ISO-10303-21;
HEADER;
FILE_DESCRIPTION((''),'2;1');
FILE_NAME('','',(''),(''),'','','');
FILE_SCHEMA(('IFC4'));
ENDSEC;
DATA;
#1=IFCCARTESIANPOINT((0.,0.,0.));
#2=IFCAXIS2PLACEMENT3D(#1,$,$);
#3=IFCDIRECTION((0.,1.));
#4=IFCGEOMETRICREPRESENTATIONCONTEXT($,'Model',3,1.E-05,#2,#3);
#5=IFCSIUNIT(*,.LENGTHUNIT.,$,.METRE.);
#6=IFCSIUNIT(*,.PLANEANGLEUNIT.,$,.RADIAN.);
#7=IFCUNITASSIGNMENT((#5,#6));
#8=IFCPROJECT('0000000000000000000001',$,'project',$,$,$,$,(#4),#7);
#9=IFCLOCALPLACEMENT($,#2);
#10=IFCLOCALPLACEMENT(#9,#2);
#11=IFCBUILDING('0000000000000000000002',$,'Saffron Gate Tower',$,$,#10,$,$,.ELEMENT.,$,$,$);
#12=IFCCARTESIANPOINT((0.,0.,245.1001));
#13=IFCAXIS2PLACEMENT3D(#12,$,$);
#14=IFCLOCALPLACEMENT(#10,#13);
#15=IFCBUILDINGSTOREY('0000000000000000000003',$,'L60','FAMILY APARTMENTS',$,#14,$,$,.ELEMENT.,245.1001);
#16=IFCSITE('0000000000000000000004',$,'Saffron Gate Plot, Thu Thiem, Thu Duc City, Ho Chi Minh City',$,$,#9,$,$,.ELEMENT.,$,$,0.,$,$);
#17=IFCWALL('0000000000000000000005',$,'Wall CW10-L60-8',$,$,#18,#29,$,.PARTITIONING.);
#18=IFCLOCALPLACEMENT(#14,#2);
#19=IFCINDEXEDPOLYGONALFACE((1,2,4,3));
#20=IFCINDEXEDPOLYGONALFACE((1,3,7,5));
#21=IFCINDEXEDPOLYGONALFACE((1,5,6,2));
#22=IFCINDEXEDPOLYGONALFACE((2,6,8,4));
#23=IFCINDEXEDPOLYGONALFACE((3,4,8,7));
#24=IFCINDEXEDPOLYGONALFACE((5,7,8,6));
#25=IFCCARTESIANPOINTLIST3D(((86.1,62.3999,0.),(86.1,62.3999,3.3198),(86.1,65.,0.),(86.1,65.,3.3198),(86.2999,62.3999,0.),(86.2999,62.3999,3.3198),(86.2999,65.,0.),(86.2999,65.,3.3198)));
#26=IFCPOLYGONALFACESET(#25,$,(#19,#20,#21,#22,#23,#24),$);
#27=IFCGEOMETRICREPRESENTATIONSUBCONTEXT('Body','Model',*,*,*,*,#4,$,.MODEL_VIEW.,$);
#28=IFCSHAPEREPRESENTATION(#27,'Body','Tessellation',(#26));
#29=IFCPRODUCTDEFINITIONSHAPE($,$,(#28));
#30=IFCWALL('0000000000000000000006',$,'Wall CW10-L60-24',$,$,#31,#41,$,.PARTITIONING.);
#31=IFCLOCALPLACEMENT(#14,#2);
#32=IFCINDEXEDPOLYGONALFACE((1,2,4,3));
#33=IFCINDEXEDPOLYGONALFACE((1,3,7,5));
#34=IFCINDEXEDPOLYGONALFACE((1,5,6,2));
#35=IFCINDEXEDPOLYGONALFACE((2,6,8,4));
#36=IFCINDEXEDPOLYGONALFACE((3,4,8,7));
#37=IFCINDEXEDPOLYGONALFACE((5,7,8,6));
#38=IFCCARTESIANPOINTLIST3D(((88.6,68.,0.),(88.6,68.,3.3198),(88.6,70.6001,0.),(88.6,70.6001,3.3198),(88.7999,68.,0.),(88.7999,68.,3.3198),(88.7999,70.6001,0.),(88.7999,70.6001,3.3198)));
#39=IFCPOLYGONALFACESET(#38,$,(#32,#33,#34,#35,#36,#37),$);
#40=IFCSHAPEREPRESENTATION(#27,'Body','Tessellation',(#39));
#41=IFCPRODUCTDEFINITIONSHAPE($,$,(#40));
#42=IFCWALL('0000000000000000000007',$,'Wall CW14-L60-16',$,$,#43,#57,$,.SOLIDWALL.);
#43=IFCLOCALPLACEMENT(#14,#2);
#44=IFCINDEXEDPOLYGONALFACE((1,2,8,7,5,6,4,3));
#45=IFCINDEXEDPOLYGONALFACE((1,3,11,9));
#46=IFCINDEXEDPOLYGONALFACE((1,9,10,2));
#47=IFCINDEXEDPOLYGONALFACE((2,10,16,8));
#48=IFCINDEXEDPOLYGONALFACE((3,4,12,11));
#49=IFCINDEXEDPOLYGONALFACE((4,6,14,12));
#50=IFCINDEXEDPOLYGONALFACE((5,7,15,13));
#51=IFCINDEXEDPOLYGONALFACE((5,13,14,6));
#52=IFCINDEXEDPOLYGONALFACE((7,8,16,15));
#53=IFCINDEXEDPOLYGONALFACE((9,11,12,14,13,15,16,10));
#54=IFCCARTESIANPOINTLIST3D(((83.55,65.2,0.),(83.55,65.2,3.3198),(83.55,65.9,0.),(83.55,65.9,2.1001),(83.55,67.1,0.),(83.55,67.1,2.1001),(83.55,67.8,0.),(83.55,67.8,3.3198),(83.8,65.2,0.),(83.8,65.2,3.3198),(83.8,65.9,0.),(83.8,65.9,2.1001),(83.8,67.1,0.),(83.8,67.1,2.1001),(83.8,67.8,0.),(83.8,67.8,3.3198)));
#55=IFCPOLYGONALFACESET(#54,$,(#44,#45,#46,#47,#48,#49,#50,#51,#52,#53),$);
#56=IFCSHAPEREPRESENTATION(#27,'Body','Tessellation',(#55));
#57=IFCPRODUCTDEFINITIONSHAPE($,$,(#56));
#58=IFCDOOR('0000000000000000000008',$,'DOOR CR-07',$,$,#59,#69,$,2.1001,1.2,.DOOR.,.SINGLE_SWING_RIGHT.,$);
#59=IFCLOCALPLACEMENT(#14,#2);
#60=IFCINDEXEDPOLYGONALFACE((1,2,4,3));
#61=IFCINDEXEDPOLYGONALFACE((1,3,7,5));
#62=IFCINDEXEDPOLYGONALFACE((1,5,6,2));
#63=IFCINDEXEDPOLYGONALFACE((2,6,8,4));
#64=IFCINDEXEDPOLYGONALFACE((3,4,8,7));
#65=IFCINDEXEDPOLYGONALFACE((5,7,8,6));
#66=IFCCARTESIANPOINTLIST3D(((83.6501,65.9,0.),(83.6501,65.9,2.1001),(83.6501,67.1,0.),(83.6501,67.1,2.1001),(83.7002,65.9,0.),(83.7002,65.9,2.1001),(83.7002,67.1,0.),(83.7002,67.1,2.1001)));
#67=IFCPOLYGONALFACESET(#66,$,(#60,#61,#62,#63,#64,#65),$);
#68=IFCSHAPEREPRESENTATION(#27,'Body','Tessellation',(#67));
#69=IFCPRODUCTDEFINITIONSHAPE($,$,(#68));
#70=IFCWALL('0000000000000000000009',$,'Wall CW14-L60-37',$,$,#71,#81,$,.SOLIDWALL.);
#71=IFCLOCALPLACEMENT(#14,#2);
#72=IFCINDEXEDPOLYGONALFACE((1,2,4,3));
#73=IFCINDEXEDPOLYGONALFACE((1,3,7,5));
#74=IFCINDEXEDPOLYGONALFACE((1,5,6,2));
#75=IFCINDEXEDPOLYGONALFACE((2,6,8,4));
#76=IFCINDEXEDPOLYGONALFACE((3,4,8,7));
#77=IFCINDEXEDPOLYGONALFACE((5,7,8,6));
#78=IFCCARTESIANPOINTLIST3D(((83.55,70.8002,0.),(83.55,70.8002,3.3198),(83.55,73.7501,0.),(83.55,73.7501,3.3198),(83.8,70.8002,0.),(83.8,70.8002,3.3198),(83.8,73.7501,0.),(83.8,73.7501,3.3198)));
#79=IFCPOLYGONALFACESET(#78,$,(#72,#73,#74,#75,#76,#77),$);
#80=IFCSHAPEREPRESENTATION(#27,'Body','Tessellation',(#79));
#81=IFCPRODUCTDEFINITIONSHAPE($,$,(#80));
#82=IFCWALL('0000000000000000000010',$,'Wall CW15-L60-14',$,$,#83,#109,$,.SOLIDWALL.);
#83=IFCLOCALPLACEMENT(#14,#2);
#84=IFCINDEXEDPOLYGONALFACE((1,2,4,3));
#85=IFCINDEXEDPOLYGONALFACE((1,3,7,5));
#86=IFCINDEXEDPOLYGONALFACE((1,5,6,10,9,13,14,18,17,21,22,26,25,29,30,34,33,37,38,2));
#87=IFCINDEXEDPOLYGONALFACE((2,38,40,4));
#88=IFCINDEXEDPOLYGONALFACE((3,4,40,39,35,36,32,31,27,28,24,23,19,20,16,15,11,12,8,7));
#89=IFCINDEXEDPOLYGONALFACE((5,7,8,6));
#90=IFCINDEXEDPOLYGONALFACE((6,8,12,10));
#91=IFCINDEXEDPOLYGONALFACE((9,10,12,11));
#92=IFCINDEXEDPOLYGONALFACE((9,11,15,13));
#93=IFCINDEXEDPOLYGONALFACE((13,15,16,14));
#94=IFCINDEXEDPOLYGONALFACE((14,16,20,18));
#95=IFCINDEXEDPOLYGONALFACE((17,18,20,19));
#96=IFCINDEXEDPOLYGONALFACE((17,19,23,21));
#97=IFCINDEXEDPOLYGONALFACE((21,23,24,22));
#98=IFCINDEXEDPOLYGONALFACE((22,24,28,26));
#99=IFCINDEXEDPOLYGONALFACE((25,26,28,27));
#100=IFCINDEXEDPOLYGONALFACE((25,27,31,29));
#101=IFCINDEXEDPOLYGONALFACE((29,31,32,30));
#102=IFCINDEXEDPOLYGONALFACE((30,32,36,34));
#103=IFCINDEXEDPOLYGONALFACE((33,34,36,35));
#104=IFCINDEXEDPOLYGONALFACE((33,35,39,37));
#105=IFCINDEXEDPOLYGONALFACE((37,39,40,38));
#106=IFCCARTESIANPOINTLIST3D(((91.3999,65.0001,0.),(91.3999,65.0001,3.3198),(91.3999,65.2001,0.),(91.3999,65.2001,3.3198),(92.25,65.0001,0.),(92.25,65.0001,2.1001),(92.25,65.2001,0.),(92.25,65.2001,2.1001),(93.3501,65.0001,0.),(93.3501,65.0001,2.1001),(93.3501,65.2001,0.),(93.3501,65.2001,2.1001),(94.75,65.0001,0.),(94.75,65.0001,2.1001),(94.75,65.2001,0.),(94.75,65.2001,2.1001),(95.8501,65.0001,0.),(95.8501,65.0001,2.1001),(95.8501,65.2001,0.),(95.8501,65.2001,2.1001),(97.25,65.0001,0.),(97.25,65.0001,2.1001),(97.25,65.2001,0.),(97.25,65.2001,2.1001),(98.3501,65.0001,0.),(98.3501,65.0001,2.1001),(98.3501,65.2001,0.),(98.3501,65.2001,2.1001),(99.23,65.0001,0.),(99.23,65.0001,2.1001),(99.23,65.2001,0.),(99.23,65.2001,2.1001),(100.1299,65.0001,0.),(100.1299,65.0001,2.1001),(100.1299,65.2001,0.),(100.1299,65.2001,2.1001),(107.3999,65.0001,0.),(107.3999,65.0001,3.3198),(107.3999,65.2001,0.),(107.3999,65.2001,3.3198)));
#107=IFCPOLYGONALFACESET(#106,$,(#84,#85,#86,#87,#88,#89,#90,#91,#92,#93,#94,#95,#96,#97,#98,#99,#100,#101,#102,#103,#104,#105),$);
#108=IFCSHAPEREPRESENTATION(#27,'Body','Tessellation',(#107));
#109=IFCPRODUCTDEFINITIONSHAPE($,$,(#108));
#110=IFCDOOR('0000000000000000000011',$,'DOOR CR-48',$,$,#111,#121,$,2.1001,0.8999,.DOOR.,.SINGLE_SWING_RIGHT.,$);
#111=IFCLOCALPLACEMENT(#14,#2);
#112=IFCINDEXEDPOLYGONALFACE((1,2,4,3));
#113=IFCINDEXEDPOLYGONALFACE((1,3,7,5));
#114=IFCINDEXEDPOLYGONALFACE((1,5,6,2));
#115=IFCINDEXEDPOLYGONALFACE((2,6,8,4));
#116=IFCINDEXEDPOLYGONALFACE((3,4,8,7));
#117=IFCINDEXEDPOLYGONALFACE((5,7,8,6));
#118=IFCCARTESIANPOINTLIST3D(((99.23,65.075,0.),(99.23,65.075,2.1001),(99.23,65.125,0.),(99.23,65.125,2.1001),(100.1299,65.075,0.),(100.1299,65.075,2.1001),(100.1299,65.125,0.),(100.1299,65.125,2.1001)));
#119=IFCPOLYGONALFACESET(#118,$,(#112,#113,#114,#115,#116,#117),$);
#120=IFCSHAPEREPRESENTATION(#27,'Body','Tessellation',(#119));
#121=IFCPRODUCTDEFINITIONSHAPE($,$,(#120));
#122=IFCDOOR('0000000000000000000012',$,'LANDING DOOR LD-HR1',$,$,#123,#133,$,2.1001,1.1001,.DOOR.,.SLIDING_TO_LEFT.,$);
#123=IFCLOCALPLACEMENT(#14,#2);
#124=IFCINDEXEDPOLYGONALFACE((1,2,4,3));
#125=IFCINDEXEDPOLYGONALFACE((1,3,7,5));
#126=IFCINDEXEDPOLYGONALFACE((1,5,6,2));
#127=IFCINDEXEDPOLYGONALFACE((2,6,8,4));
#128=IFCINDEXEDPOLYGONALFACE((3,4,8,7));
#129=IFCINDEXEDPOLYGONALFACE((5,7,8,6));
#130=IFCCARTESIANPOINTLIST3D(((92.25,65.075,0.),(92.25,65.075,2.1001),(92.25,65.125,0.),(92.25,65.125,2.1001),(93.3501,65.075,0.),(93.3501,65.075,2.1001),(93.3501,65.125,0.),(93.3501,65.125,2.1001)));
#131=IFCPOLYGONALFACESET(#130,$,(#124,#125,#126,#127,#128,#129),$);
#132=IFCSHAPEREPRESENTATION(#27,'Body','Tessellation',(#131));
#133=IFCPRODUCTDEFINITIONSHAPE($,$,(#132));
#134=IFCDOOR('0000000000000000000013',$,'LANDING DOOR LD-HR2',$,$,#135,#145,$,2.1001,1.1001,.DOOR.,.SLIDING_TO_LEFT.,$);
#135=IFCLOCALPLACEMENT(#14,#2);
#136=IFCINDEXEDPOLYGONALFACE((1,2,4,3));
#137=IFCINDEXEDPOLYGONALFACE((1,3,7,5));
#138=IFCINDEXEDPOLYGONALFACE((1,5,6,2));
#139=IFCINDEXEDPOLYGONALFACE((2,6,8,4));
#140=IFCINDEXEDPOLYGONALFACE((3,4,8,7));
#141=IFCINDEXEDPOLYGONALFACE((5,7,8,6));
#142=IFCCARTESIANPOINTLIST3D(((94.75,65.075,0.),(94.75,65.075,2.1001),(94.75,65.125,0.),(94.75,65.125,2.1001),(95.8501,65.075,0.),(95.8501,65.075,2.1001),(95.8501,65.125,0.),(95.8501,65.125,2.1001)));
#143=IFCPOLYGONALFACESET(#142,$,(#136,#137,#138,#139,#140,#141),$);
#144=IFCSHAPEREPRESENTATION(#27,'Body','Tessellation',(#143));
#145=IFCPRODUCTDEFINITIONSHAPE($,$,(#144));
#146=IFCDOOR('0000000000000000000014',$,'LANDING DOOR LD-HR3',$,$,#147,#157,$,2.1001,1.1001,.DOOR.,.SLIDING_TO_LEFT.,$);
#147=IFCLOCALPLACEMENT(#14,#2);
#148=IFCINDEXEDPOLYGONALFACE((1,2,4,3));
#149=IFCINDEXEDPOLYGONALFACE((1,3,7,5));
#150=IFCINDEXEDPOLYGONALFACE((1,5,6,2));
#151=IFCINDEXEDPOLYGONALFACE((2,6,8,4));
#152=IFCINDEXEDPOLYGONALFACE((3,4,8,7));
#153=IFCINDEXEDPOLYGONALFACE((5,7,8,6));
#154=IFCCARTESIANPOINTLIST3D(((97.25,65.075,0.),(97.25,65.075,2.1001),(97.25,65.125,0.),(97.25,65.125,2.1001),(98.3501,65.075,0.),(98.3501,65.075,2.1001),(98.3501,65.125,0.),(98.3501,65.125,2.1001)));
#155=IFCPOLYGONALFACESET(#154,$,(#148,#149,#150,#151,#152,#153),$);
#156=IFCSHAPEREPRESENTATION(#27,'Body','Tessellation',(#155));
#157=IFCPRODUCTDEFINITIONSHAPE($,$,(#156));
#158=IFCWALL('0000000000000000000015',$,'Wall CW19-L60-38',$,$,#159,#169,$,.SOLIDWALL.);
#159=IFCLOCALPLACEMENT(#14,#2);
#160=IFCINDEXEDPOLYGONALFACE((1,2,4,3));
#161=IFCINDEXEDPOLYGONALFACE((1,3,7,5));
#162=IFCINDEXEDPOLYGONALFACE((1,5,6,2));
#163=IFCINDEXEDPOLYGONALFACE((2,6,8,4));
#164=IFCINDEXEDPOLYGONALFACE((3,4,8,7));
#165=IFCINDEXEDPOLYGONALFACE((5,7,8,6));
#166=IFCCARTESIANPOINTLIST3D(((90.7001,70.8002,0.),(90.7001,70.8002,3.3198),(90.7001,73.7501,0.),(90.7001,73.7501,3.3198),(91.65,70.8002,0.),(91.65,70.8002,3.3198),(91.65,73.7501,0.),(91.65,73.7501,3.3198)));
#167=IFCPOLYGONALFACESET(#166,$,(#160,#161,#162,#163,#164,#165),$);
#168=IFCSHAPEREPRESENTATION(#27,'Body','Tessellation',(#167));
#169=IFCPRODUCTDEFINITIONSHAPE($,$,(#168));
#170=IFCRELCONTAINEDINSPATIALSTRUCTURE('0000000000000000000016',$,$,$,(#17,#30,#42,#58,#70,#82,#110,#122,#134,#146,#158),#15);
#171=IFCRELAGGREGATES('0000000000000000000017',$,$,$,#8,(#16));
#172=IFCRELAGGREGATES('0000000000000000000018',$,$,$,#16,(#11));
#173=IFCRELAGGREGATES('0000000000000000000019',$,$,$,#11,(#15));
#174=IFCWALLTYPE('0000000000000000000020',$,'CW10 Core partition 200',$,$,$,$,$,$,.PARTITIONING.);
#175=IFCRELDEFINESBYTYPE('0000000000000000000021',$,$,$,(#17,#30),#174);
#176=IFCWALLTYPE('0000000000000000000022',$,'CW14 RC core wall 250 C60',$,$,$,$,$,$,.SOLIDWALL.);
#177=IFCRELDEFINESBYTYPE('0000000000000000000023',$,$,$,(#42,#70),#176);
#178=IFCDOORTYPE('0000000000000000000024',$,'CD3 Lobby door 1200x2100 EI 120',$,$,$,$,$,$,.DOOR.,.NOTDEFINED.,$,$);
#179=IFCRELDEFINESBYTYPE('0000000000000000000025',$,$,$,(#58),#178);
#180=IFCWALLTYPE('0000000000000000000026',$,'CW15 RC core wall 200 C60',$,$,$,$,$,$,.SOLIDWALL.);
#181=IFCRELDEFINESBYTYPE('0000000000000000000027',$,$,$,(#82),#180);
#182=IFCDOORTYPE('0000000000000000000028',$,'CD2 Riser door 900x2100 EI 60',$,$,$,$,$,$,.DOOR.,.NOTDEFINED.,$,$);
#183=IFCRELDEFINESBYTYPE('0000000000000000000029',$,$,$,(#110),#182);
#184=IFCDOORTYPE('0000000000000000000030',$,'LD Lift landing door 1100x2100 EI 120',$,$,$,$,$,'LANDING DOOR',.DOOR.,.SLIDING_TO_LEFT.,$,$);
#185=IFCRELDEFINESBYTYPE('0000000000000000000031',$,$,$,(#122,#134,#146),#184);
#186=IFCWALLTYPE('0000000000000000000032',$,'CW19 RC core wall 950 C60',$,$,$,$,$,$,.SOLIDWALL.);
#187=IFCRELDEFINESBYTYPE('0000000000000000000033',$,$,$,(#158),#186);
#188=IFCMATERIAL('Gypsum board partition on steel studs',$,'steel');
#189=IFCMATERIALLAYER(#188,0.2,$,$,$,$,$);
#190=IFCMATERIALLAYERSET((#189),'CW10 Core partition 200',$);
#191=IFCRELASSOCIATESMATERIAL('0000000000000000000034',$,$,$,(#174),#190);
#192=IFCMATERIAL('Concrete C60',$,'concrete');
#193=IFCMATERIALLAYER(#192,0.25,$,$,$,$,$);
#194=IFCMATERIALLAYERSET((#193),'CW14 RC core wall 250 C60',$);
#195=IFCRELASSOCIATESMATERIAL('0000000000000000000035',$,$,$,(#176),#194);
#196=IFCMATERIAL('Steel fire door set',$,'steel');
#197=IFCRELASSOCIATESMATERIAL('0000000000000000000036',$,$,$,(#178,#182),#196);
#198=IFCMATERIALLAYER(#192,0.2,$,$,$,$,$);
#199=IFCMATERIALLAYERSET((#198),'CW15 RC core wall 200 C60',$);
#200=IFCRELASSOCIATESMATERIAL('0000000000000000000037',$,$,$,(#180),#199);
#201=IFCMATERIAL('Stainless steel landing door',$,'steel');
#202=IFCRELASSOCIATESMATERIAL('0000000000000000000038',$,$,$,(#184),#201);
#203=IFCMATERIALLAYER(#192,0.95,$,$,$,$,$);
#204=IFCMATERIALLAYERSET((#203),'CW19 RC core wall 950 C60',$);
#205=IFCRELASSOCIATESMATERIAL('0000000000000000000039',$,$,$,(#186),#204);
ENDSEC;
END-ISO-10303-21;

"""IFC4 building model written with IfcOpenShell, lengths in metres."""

from ifc_helpers import new_model, si_unit, direction, frame, frame_2d, origin, place, context, subcontext, project, spatial, rectangle, extrude, material, layer, layer_set, type_object, element, fill, save


model = new_model("IFC4")

# Units and contexts
model_context = context("Model", 3, precision=1e-05, world=origin(), true_north=direction((0.0, 1.0)))
body_context = subcontext(model_context, "Body", "Model", "MODEL_VIEW")
ifc_project = project(units=[si_unit("LENGTHUNIT", "METRE"), si_unit("PLANEANGLEUNIT", "RADIAN")], contexts=[model_context])

# Site, building, storey
site_placement = place(None, origin())
site = spatial("IfcSite", under=ifc_project, at=site_placement, Name="Saffron Gate Plot, Thu Thiem, Thu Duc City, Ho Chi Minh City", CompositionType="ELEMENT", RefElevation=0.0)
building_placement = place(site_placement, origin())
building = spatial("IfcBuilding", under=site, at=building_placement, Name="Saffron Gate Tower", CompositionType="ELEMENT")
storey_placement = place(building_placement, frame((0.0, 0.0, 245.1001)))
storey = spatial("IfcBuildingStorey", under=building, at=storey_placement, Name="L60", Description="FAMILY APARTMENTS", CompositionType="ELEMENT", Elevation=245.1001)

# Walls
ifc_material_1 = material(Name="Gypsum board partition on steel studs", Category="steel")
ifc_layer_1 = layer(ifc_material_1, 0.2)
ifc_layer_set_1 = layer_set([ifc_layer_1], Name="CW10 Core partition 200")
wall_type_1 = type_object("IfcWallType", Name="CW10 Core partition 200", PredefinedType="PARTITIONING", material=ifc_layer_set_1)
for number, where, z_axis, x_axis, name in (
    (1, (86.2, 62.3999, 0.0), (0.0, 0.0, 1.0), (0.0, 1.0, 0.0), "Wall CW10-L60-8"),
    (2, (88.7, 68.0, 0.0), (0.0, 0.0, 1.0), (0.0, 1.0, 0.0), "Wall CW10-L60-24"),
):
    element("IfcWall", number, at=place(storey_placement, frame(where, z_axis=z_axis, x_axis=x_axis)), inside=storey, type_object=wall_type_1, Name=name, PredefinedType="PARTITIONING", context=body_context, shape_type="SweptSolid", body=[
        extrude(rectangle(XDim=2.6001, YDim=0.2, at=frame_2d((1.3, 0.0))), origin(), (0.0, 0.0, 1.0), 3.3198),
    ])

# Wall, opening, door
ifc_material_2 = material(Name="Concrete C60", Category="concrete")
ifc_layer_2 = layer(ifc_material_2, 0.25)
ifc_layer_set_2 = layer_set([ifc_layer_2], Name="CW14 RC core wall 250 C60")
wall_type_2 = type_object("IfcWallType", Name="CW14 RC core wall 250 C60", PredefinedType="SOLIDWALL", material=ifc_layer_set_2)
wall_1_placement = place(storey_placement, frame((83.675, 65.2, 0.0), z_axis=(0.0, 0.0, 1.0), x_axis=(0.0, 1.0, 0.0)))
wall_1 = element("IfcWall", 3, at=wall_1_placement, inside=storey, type_object=wall_type_2, Name="Wall CW14-L60-16", PredefinedType="SOLIDWALL", context=body_context, shape_type="SweptSolid", body=[
    extrude(rectangle(XDim=2.6001, YDim=0.25, at=frame_2d((1.3, 0.0))), origin(), (0.0, 0.0, 1.0), 3.3198),
])
opening_1_placement = place(wall_1_placement, frame((0.7, 0.0, 0.0)))
opening_1 = element("IfcOpeningElement", 4, at=opening_1_placement, cuts=wall_1, PredefinedType="OPENING", context=body_context, shape_type="SweptSolid", body=[
    extrude(rectangle(XDim=1.2, YDim=2.1001, at=frame_2d((0.6001, 1.05))), frame((0.0, 0.135, 0.0), z_axis=(0.0, -1.0, 0.0), x_axis=(1.0, 0.0, 0.0)), (0.0, 0.0, 1.0), 0.27),
])
ifc_material_3 = material(Name="Steel fire door set", Category="steel")
door_type_1 = type_object("IfcDoorType", Name="CD3 Lobby door 1200x2100 EI 120", OperationType="NOTDEFINED", PredefinedType="DOOR", material=ifc_material_3)
door_1_placement = place(opening_1_placement, origin())
door_1 = element("IfcDoor", 5, at=door_1_placement, inside=storey, type_object=door_type_1, Name="DOOR CR-07", OperationType="SINGLE_SWING_RIGHT", OverallHeight=2.1001, OverallWidth=1.2, PredefinedType="DOOR", context=body_context, shape_type="SweptSolid", body=[
    extrude(rectangle(XDim=1.2, YDim=2.1001, at=frame_2d((0.6001, 1.05))), frame((0.0, 0.0249, 0.0), z_axis=(0.0, -1.0, 0.0), x_axis=(1.0, 0.0, 0.0)), (0.0, 0.0, 1.0), 0.05),
])
fill(opening_1, door_1)

# Wall
wall_2_placement = place(storey_placement, frame((83.675, 70.8, 0.0), z_axis=(0.0, 0.0, 1.0), x_axis=(0.0, 1.0, 0.0)))
element("IfcWall", 6, at=wall_2_placement, inside=storey, type_object=wall_type_2, Name="Wall CW14-L60-37", PredefinedType="SOLIDWALL", context=body_context, shape_type="SweptSolid", body=[
    extrude(rectangle(XDim=2.95, YDim=0.25, at=frame_2d((1.4751, 0.0))), origin(), (0.0, 0.0, 1.0), 3.3198),
])

# Wall, openings, doors
ifc_layer_3 = layer(ifc_material_2, 0.2)
ifc_layer_set_3 = layer_set([ifc_layer_3], Name="CW15 RC core wall 200 C60")
wall_type_3 = type_object("IfcWallType", Name="CW15 RC core wall 200 C60", PredefinedType="SOLIDWALL", material=ifc_layer_set_3)
wall_3_placement = place(storey_placement, frame((91.3999, 65.1001, 0.0), z_axis=(0.0, 0.0, 1.0), x_axis=(1.0, 0.0, 0.0)))
wall_3 = element("IfcWall", 7, at=wall_3_placement, inside=storey, type_object=wall_type_3, Name="Wall CW15-L60-14", PredefinedType="SOLIDWALL", context=body_context, shape_type="SweptSolid", body=[
    extrude(rectangle(XDim=16.0, YDim=0.2, at=frame_2d((8.0, 0.0))), origin(), (0.0, 0.0, 1.0), 3.3198),
])
opening_2_placement = place(wall_3_placement, frame((0.8501, 0.0, 0.0)))
opening_2 = element("IfcOpeningElement", 8, at=opening_2_placement, cuts=wall_3, PredefinedType="OPENING", context=body_context, shape_type="SweptSolid", body=[
    extrude(rectangle(XDim=1.1001, YDim=2.1001, at=frame_2d((0.55, 1.05))), frame((0.0, 0.1099, 0.0), z_axis=(0.0, -1.0, 0.0), x_axis=(1.0, 0.0, 0.0)), (0.0, 0.0, 1.0), 0.22),
])
opening_3_placement = place(wall_3_placement, frame((3.3501, 0.0, 0.0)))
opening_3 = element("IfcOpeningElement", 9, at=opening_3_placement, cuts=wall_3, PredefinedType="OPENING", context=body_context, shape_type="SweptSolid", body=[
    extrude(rectangle(XDim=1.1001, YDim=2.1001, at=frame_2d((0.55, 1.05))), frame((0.0, 0.1099, 0.0), z_axis=(0.0, -1.0, 0.0), x_axis=(1.0, 0.0, 0.0)), (0.0, 0.0, 1.0), 0.22),
])
opening_4_placement = place(wall_3_placement, frame((5.8501, 0.0, 0.0)))
opening_4 = element("IfcOpeningElement", 10, at=opening_4_placement, cuts=wall_3, PredefinedType="OPENING", context=body_context, shape_type="SweptSolid", body=[
    extrude(rectangle(XDim=1.1001, YDim=2.1001, at=frame_2d((0.55, 1.05))), frame((0.0, 0.1099, 0.0), z_axis=(0.0, -1.0, 0.0), x_axis=(1.0, 0.0, 0.0)), (0.0, 0.0, 1.0), 0.22),
])
opening_5_placement = place(wall_3_placement, frame((7.8301, 0.0, 0.0)))
opening_5 = element("IfcOpeningElement", 11, at=opening_5_placement, cuts=wall_3, PredefinedType="OPENING", context=body_context, shape_type="SweptSolid", body=[
    extrude(rectangle(XDim=0.8999, YDim=2.1001, at=frame_2d((0.45, 1.05))), frame((0.0, 0.1099, 0.0), z_axis=(0.0, -1.0, 0.0), x_axis=(1.0, 0.0, 0.0)), (0.0, 0.0, 1.0), 0.22),
])
door_type_2 = type_object("IfcDoorType", Name="CD2 Riser door 900x2100 EI 60", OperationType="NOTDEFINED", PredefinedType="DOOR", material=ifc_material_3)
door_2_placement = place(opening_5_placement, origin())
door_2 = element("IfcDoor", 12, at=door_2_placement, inside=storey, type_object=door_type_2, Name="DOOR CR-48", OperationType="SINGLE_SWING_RIGHT", OverallHeight=2.1001, OverallWidth=0.8999, PredefinedType="DOOR", context=body_context, shape_type="SweptSolid", body=[
    extrude(rectangle(XDim=0.8999, YDim=2.1001, at=frame_2d((0.45, 1.05))), frame((0.0, 0.0249, 0.0), z_axis=(0.0, -1.0, 0.0), x_axis=(1.0, 0.0, 0.0)), (0.0, 0.0, 1.0), 0.05),
])
fill(opening_5, door_2)
ifc_material_4 = material(Name="Stainless steel landing door", Category="steel")
door_type_3 = type_object("IfcDoorType", Name="LD Lift landing door 1100x2100 EI 120", ElementType="LANDING DOOR", OperationType="SLIDING_TO_LEFT", PredefinedType="DOOR", material=ifc_material_4)
door_3_placement = place(opening_2_placement, origin())
door_3 = element("IfcDoor", 13, at=door_3_placement, inside=storey, type_object=door_type_3, Name="LANDING DOOR LD-HR1", OperationType="SLIDING_TO_LEFT", OverallHeight=2.1001, OverallWidth=1.1001, PredefinedType="DOOR", context=body_context, shape_type="SweptSolid", body=[
    extrude(rectangle(XDim=1.1001, YDim=2.1001, at=frame_2d((0.55, 1.05))), frame((0.0, 0.0249, 0.0), z_axis=(0.0, -1.0, 0.0), x_axis=(1.0, 0.0, 0.0)), (0.0, 0.0, 1.0), 0.05),
])
fill(opening_2, door_3)
door_4_placement = place(opening_3_placement, origin())
door_4 = element("IfcDoor", 14, at=door_4_placement, inside=storey, type_object=door_type_3, Name="LANDING DOOR LD-HR2", OperationType="SLIDING_TO_LEFT", OverallHeight=2.1001, OverallWidth=1.1001, PredefinedType="DOOR", context=body_context, shape_type="SweptSolid", body=[
    extrude(rectangle(XDim=1.1001, YDim=2.1001, at=frame_2d((0.55, 1.05))), frame((0.0, 0.0249, 0.0), z_axis=(0.0, -1.0, 0.0), x_axis=(1.0, 0.0, 0.0)), (0.0, 0.0, 1.0), 0.05),
])
fill(opening_3, door_4)
door_5_placement = place(opening_4_placement, origin())
door_5 = element("IfcDoor", 15, at=door_5_placement, inside=storey, type_object=door_type_3, Name="LANDING DOOR LD-HR3", OperationType="SLIDING_TO_LEFT", OverallHeight=2.1001, OverallWidth=1.1001, PredefinedType="DOOR", context=body_context, shape_type="SweptSolid", body=[
    extrude(rectangle(XDim=1.1001, YDim=2.1001, at=frame_2d((0.55, 1.05))), frame((0.0, 0.0249, 0.0), z_axis=(0.0, -1.0, 0.0), x_axis=(1.0, 0.0, 0.0)), (0.0, 0.0, 1.0), 0.05),
])
fill(opening_4, door_5)

# Wall
ifc_layer_4 = layer(ifc_material_2, 0.95)
ifc_layer_set_4 = layer_set([ifc_layer_4], Name="CW19 RC core wall 950 C60")
wall_type_4 = type_object("IfcWallType", Name="CW19 RC core wall 950 C60", PredefinedType="SOLIDWALL", material=ifc_layer_set_4)
wall_4_placement = place(storey_placement, frame((91.175, 70.8, 0.0), z_axis=(0.0, 0.0, 1.0), x_axis=(0.0, 1.0, 0.0)))
element("IfcWall", 16, at=wall_4_placement, inside=storey, type_object=wall_type_4, Name="Wall CW19-L60-38", PredefinedType="SOLIDWALL", context=body_context, shape_type="SweptSolid", body=[
    extrude(rectangle(XDim=2.95, YDim=0.95, at=frame_2d((1.4751, 0.0))), origin(), (0.0, 0.0, 1.0), 3.3198),
])

save(model, "model.ifc")
